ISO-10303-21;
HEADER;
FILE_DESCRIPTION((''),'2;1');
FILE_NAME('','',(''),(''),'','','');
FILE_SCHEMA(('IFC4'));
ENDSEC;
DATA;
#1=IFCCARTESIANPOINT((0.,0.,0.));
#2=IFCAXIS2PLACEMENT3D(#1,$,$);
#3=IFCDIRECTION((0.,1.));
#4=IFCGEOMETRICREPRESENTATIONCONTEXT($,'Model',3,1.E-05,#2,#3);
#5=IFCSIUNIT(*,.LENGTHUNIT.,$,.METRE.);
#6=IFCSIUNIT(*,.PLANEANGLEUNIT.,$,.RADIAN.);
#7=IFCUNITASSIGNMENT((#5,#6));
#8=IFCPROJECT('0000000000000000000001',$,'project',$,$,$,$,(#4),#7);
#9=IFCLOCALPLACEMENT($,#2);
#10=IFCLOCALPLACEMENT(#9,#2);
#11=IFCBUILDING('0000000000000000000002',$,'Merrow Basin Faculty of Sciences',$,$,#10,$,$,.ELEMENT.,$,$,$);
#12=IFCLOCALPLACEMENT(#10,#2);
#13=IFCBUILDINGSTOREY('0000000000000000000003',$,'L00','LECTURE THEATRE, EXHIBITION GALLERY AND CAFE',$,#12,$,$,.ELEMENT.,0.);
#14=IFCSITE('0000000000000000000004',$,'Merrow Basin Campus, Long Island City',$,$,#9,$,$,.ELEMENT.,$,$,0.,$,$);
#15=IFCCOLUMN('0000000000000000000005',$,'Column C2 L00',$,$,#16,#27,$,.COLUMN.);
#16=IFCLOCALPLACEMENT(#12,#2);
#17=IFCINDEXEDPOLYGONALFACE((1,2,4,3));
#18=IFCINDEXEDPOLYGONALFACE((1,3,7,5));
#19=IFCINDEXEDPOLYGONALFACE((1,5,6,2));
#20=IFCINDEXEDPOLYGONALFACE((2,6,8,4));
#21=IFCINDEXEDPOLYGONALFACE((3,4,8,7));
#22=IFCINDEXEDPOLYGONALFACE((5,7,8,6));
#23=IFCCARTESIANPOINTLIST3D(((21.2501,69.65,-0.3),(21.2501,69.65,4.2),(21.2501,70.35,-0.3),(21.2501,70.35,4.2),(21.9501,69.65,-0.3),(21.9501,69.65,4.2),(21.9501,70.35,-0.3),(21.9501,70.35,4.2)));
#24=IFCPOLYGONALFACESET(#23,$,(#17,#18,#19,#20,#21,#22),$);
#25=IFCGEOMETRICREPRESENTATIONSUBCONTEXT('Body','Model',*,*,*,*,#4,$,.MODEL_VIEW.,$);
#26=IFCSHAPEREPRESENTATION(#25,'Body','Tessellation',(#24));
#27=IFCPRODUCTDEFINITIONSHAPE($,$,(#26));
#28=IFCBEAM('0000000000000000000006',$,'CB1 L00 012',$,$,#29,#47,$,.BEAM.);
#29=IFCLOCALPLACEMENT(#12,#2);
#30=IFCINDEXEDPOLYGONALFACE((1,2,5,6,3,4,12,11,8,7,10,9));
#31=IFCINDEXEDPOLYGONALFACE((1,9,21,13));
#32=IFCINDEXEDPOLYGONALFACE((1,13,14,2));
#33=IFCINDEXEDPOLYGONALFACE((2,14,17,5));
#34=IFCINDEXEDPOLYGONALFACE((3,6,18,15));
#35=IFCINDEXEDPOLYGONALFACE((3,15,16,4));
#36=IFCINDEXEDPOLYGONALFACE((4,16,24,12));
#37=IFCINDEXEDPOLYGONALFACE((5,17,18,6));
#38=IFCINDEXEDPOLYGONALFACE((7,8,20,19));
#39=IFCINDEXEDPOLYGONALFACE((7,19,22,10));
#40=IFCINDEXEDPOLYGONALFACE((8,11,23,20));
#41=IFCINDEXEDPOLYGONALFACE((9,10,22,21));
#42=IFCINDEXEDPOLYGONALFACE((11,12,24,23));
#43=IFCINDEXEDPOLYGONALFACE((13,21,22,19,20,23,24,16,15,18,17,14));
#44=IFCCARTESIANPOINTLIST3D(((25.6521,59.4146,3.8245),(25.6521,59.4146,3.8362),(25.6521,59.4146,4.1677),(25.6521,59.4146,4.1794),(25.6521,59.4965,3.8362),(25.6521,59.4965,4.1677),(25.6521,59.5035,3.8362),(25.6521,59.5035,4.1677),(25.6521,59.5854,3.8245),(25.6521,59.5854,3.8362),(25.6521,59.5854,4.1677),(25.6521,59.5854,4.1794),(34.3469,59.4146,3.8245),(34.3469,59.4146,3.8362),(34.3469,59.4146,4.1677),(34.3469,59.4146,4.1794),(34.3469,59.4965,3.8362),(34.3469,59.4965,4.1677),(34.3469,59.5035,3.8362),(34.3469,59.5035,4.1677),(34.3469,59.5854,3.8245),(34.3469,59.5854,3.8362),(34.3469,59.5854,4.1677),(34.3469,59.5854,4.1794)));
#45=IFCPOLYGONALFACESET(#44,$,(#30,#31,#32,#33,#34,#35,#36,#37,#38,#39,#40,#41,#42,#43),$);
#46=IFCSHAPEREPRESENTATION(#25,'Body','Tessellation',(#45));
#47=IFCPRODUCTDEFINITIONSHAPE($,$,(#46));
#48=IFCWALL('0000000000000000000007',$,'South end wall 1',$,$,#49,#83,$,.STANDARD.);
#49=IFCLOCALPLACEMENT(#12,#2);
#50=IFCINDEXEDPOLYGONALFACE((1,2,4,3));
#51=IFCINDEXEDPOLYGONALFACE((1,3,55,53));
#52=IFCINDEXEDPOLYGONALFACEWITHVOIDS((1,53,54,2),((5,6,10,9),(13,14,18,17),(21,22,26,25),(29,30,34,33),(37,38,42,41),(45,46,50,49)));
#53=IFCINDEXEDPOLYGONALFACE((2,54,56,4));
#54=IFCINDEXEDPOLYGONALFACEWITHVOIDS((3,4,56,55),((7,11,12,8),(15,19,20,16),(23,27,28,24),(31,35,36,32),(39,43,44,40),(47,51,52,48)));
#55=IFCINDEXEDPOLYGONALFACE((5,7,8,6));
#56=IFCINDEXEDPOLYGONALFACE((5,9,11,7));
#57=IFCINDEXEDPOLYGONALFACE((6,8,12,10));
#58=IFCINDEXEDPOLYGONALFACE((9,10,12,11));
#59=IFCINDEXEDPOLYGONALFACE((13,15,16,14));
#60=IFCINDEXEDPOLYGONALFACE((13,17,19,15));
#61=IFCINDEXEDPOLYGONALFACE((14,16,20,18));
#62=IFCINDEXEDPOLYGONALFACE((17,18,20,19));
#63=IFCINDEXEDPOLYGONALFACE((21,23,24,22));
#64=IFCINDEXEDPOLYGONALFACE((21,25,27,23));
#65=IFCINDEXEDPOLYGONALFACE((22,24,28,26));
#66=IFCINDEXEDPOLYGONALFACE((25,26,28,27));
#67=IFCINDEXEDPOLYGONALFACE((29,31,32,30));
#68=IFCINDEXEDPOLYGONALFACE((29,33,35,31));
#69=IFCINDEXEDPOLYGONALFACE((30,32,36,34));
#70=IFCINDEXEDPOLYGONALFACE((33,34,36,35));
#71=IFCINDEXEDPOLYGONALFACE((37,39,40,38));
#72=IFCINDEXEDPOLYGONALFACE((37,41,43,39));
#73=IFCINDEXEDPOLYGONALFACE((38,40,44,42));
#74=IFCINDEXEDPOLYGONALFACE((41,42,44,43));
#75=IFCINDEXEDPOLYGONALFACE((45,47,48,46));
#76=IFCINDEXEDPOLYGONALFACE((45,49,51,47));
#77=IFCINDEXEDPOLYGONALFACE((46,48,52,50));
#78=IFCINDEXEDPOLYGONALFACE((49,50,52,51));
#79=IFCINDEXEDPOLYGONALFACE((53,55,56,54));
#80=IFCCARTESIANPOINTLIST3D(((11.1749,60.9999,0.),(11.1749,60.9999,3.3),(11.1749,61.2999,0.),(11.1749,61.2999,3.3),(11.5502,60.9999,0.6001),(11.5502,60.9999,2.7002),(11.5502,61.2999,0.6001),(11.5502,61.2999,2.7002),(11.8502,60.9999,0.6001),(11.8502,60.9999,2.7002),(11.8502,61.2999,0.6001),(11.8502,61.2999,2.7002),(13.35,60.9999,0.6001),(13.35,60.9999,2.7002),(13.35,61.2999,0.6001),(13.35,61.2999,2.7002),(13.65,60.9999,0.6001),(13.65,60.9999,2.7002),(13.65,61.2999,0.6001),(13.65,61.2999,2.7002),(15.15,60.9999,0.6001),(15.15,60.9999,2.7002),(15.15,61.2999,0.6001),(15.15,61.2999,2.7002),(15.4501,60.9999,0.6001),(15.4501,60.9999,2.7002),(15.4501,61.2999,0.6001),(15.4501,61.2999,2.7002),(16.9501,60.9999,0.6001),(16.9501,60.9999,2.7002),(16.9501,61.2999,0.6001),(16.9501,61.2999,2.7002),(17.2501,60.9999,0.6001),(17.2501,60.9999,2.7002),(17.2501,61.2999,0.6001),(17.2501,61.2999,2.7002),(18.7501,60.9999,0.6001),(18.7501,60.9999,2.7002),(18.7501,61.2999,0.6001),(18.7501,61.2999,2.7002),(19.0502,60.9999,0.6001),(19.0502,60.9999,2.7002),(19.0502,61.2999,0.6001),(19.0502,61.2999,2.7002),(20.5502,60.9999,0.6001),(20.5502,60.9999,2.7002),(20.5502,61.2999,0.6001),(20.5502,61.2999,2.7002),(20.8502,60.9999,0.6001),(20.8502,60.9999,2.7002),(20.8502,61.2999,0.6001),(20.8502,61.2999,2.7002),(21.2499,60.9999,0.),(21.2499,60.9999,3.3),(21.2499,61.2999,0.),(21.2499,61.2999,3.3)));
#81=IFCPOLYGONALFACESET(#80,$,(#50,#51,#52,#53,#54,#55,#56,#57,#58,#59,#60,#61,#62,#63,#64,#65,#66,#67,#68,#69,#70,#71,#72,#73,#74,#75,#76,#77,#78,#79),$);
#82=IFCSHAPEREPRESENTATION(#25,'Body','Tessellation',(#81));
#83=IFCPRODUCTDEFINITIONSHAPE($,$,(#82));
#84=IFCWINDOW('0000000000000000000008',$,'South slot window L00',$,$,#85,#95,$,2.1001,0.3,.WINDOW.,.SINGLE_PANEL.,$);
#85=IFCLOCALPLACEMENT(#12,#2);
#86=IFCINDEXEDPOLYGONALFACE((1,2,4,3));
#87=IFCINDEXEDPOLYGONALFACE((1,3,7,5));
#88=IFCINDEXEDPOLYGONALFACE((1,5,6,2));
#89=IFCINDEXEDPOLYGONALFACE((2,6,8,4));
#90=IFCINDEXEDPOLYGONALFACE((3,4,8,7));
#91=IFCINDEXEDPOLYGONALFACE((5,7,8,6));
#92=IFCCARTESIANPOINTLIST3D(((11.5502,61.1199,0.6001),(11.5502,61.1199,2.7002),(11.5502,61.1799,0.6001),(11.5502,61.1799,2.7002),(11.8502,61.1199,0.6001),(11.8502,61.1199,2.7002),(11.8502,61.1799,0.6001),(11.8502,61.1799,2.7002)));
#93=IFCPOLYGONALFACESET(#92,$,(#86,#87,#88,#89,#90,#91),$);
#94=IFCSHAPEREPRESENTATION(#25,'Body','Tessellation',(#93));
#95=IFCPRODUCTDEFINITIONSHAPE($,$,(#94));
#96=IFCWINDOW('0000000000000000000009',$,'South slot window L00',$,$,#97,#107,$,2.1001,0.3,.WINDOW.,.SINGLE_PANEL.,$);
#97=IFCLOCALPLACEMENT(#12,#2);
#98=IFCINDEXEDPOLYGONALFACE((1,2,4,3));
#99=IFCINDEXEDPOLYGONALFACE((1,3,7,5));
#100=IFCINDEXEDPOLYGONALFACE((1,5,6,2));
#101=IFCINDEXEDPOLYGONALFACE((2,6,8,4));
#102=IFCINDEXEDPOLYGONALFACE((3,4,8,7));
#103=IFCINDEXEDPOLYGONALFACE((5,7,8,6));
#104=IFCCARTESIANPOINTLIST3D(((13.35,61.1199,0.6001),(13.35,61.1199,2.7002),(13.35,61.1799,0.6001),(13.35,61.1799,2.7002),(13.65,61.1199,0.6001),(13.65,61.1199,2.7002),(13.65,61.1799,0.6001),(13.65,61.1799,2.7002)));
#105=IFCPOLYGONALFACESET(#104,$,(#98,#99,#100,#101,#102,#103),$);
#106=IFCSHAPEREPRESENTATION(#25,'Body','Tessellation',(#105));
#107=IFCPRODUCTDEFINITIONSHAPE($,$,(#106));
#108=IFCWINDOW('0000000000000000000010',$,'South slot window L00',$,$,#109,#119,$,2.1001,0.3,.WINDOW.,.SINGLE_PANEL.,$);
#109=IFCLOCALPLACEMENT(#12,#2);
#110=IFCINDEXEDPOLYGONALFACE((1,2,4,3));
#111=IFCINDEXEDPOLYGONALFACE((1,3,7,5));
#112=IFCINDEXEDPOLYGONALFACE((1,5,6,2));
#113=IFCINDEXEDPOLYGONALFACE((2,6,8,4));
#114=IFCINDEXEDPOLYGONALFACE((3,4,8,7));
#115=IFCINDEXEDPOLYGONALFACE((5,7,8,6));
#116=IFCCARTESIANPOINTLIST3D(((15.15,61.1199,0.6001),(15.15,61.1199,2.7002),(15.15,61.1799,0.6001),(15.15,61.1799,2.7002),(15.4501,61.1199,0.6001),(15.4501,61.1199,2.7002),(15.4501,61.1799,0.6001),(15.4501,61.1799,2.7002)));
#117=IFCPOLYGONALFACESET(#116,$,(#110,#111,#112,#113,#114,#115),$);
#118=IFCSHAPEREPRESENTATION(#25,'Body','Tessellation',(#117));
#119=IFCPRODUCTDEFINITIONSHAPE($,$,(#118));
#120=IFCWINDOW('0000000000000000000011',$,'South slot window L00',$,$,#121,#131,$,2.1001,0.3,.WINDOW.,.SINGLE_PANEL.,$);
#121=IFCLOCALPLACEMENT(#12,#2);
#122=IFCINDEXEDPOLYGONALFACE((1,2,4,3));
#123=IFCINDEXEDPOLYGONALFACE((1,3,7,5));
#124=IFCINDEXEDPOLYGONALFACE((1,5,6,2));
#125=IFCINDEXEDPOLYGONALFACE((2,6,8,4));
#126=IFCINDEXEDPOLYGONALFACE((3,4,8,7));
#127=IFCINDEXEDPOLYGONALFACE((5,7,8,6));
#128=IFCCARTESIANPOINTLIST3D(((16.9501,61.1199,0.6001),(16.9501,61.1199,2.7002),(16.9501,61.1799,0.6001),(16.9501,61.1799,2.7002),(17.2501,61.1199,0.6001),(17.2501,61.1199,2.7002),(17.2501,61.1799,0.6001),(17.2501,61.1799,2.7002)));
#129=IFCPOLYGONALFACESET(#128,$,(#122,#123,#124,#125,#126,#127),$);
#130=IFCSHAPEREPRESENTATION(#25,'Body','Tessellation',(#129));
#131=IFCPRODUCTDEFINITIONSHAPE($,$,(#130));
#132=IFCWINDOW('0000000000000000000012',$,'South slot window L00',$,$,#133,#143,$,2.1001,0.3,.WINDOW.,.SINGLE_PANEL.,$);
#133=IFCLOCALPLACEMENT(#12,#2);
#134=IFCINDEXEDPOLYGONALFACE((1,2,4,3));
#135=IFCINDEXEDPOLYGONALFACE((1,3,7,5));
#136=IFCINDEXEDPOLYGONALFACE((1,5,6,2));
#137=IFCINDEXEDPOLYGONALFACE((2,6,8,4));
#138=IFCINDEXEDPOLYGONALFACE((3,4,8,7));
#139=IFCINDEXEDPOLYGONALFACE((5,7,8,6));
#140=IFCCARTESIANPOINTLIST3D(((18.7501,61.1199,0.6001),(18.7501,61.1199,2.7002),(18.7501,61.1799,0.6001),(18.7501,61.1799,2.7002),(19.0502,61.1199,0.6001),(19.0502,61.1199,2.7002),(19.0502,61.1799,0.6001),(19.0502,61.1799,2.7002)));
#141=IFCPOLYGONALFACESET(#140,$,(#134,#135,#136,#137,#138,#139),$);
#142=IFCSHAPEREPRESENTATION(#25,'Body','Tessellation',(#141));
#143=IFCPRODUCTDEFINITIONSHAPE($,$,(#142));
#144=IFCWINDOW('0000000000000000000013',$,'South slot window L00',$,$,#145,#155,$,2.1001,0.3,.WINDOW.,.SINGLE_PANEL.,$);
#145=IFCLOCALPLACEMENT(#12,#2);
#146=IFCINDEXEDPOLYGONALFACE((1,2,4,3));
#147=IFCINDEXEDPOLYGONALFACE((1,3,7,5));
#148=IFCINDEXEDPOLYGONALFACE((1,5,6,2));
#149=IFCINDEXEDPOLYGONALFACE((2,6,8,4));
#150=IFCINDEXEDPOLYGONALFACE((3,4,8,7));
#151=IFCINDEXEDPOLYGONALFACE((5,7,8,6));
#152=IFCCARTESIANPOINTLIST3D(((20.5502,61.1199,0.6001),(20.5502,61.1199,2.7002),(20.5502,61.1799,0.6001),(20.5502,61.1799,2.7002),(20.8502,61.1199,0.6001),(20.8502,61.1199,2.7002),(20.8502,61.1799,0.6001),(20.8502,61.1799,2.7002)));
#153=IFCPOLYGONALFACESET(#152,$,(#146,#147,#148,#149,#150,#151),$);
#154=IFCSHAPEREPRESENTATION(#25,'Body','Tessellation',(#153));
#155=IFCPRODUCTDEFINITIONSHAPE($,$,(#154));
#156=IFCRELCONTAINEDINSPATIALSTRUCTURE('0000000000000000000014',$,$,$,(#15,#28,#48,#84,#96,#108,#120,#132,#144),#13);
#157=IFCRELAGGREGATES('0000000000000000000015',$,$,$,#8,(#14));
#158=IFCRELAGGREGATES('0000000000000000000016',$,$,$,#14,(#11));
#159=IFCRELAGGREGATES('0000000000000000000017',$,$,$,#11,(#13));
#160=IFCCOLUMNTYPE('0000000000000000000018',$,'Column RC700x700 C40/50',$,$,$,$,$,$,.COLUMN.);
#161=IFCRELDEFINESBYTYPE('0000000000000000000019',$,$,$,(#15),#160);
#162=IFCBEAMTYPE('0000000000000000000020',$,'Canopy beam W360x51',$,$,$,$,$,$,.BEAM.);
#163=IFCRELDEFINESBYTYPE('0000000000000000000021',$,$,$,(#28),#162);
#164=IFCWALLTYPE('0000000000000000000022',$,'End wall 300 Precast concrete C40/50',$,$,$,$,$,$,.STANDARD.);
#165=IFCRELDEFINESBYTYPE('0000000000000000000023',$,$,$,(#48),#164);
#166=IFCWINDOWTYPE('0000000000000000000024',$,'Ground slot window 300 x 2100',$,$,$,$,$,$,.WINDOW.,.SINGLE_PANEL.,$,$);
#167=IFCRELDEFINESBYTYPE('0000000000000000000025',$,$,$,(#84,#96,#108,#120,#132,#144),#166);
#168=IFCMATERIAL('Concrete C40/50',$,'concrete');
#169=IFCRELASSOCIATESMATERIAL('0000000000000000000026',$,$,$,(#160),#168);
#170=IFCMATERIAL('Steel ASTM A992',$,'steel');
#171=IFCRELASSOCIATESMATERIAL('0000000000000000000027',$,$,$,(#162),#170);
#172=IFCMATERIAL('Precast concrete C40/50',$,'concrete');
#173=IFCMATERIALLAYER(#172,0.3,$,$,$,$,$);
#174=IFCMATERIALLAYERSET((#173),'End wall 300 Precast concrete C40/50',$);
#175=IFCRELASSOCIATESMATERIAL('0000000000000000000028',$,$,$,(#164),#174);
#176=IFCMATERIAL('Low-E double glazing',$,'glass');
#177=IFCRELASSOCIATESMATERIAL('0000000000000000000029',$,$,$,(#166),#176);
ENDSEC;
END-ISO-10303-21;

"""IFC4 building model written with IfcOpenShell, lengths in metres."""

from ifc_helpers import new_model, si_unit, direction, frame, frame_2d, origin, origin_2d, place, context, subcontext, project, spatial, rectangle, i_section, extrude, material, layer, layer_set, material_profile, profile_set, type_object, element, fill, save


model = new_model("IFC4")

# Units and contexts
model_context = context("Model", 3, precision=1e-05, world=origin(), true_north=direction((0.0, 1.0)))
body_context = subcontext(model_context, "Body", "Model", "MODEL_VIEW")
ifc_project = project(units=[si_unit("LENGTHUNIT", "METRE"), si_unit("PLANEANGLEUNIT", "RADIAN")], contexts=[model_context])

# Site, building, storey
site_placement = place(None, origin())
site = spatial("IfcSite", under=ifc_project, at=site_placement, Name="Merrow Basin Campus, Long Island City", CompositionType="ELEMENT", RefElevation=0.0)
building_placement = place(site_placement, origin())
building = spatial("IfcBuilding", under=site, at=building_placement, Name="Merrow Basin Faculty of Sciences", CompositionType="ELEMENT")
storey_placement = place(building_placement, origin())
storey = spatial("IfcBuildingStorey", under=building, at=storey_placement, Name="L00", Description="LECTURE THEATRE, EXHIBITION GALLERY AND CAFE", CompositionType="ELEMENT", Elevation=0.0)

# Column
ifc_material_1 = material(Name="Concrete C40/50", Category="concrete")
ifc_material_profile_1 = material_profile(ifc_material_1, rectangle(XDim=0.7, YDim=0.7, at=origin_2d()))
ifc_profile_set_1 = profile_set([ifc_material_profile_1], Name="Concrete C40/50")
column_type_1 = type_object("IfcColumnType", Name="Column RC700x700 C40/50", PredefinedType="COLUMN", material=ifc_profile_set_1)
for number, where, z_axis, x_axis, name in (
    (1, (21.6001, 70.0, -0.3), (0.0, 0.0, 1.0), (1.0, 0.0, 0.0), "Column C2 L00"),
):
    element("IfcColumn", number, at=place(storey_placement, frame(where, z_axis=z_axis, x_axis=x_axis)), inside=storey, type_object=column_type_1, Name=name, PredefinedType="COLUMN", context=body_context, shape_type="SweptSolid", body=[
        extrude(rectangle(XDim=0.7, YDim=0.7, at=origin_2d()), origin(), (0.0, 0.0, 1.0), 4.5),
    ])

# Beam
ifc_material_2 = material(Name="Steel ASTM A992", Category="steel")
ifc_material_profile_2 = material_profile(ifc_material_2, i_section(OverallWidth=0.1709, OverallDepth=0.355, WebThickness=0.0071, FlangeThickness=0.0117, at=origin_2d()))
ifc_profile_set_2 = profile_set([ifc_material_profile_2], Name="Steel ASTM A992")
beam_type = type_object("IfcBeamType", Name="Canopy beam W360x51", PredefinedType="BEAM", material=ifc_profile_set_2)
beam_placement = place(storey_placement, frame((25.6521, 59.5, 4.002), z_axis=(1.0, 0.0, 0.0), x_axis=(0.0, 1.0, 0.0)))
element("IfcBeam", 2, at=beam_placement, inside=storey, type_object=beam_type, Name="CB1 L00 012", PredefinedType="BEAM", context=body_context, shape_type="SweptSolid", body=[
    extrude(i_section(OverallWidth=0.1709, OverallDepth=0.355, WebThickness=0.0071, FlangeThickness=0.0117, at=origin_2d()), origin(), (0.0, 0.0, 1.0), 8.6948),
])

# Wall, openings, windows
ifc_material_3 = material(Name="Precast concrete C40/50", Category="concrete")
ifc_layer = layer(ifc_material_3, 0.3)
ifc_layer_set = layer_set([ifc_layer], Name="End wall 300 Precast concrete C40/50")
wall_type = type_object("IfcWallType", Name="End wall 300 Precast concrete C40/50", PredefinedType="STANDARD", material=ifc_layer_set)
wall_placement = place(storey_placement, frame((21.25, 61.1499, 0.0), z_axis=(0.0, 0.0, 1.0), x_axis=(-1.0, 0.0, 0.0)))
wall = element("IfcWall", 3, at=wall_placement, inside=storey, type_object=wall_type, Name="South end wall 1", PredefinedType="STANDARD", context=body_context, shape_type="SweptSolid", body=[
    extrude(rectangle(XDim=10.075, YDim=0.3, at=frame_2d((5.0376, 0.0))), origin(), (0.0, 0.0, 1.0), 3.3),
])
opening_1_placement = place(wall_placement, frame((9.3999, 0.0, 0.6001)))
opening_1 = element("IfcOpeningElement", 4, at=opening_1_placement, cuts=wall, PredefinedType="OPENING", context=body_context, shape_type="SweptSolid", body=[
    extrude(rectangle(XDim=0.3, YDim=2.1001, at=frame_2d((0.1499, 1.05))), frame((0.0, 0.1599, 0.0), z_axis=(0.0, -1.0, 0.0), x_axis=(1.0, 0.0, 0.0)), (0.0, 0.0, 1.0), 0.3201),
])
opening_2_placement = place(wall_placement, frame((7.6001, 0.0, 0.6001)))
opening_2 = element("IfcOpeningElement", 5, at=opening_2_placement, cuts=wall, PredefinedType="OPENING", context=body_context, shape_type="SweptSolid", body=[
    extrude(rectangle(XDim=0.3, YDim=2.1001, at=frame_2d((0.1499, 1.05))), frame((0.0, 0.1599, 0.0), z_axis=(0.0, -1.0, 0.0), x_axis=(1.0, 0.0, 0.0)), (0.0, 0.0, 1.0), 0.3201),
])
opening_3_placement = place(wall_placement, frame((5.8, 0.0, 0.6001)))
opening_3 = element("IfcOpeningElement", 6, at=opening_3_placement, cuts=wall, PredefinedType="OPENING", context=body_context, shape_type="SweptSolid", body=[
    extrude(rectangle(XDim=0.3, YDim=2.1001, at=frame_2d((0.1499, 1.05))), frame((0.0, 0.1599, 0.0), z_axis=(0.0, -1.0, 0.0), x_axis=(1.0, 0.0, 0.0)), (0.0, 0.0, 1.0), 0.3201),
])
opening_4_placement = place(wall_placement, frame((4.0, 0.0, 0.6001)))
opening_4 = element("IfcOpeningElement", 7, at=opening_4_placement, cuts=wall, PredefinedType="OPENING", context=body_context, shape_type="SweptSolid", body=[
    extrude(rectangle(XDim=0.3, YDim=2.1001, at=frame_2d((0.1499, 1.05))), frame((0.0, 0.1599, 0.0), z_axis=(0.0, -1.0, 0.0), x_axis=(1.0, 0.0, 0.0)), (0.0, 0.0, 1.0), 0.3201),
])
opening_5_placement = place(wall_placement, frame((2.2, 0.0, 0.6001)))
opening_5 = element("IfcOpeningElement", 8, at=opening_5_placement, cuts=wall, PredefinedType="OPENING", context=body_context, shape_type="SweptSolid", body=[
    extrude(rectangle(XDim=0.3, YDim=2.1001, at=frame_2d((0.1499, 1.05))), frame((0.0, 0.1599, 0.0), z_axis=(0.0, -1.0, 0.0), x_axis=(1.0, 0.0, 0.0)), (0.0, 0.0, 1.0), 0.3201),
])
opening_6_placement = place(wall_placement, frame((0.3999, 0.0, 0.6001)))
opening_6 = element("IfcOpeningElement", 9, at=opening_6_placement, cuts=wall, PredefinedType="OPENING", context=body_context, shape_type="SweptSolid", body=[
    extrude(rectangle(XDim=0.3, YDim=2.1001, at=frame_2d((0.1499, 1.05))), frame((0.0, 0.1599, 0.0), z_axis=(0.0, -1.0, 0.0), x_axis=(1.0, 0.0, 0.0)), (0.0, 0.0, 1.0), 0.3201),
])
ifc_material_4 = material(Name="Low-E double glazing", Category="glass")
window_type = type_object("IfcWindowType", Name="Ground slot window 300 x 2100", PartitioningType="SINGLE_PANEL", PredefinedType="WINDOW", material=ifc_material_4)
window_1_placement = place(opening_1_placement, origin())
window_1 = element("IfcWindow", 10, at=window_1_placement, inside=storey, type_object=window_type, Name="South slot window L00", OverallHeight=2.1001, OverallWidth=0.3, PartitioningType="SINGLE_PANEL", PredefinedType="WINDOW", context=body_context, shape_type="SweptSolid", body=[
    extrude(rectangle(XDim=0.3, YDim=2.1001, at=frame_2d((0.1499, 1.05))), frame((0.0, 0.03, 0.0), z_axis=(0.0, -1.0, 0.0), x_axis=(1.0, 0.0, 0.0)), (0.0, 0.0, 1.0), 0.0601),
])
fill(opening_1, window_1)
window_2_placement = place(opening_2_placement, origin())
window_2 = element("IfcWindow", 11, at=window_2_placement, inside=storey, type_object=window_type, Name="South slot window L00", OverallHeight=2.1001, OverallWidth=0.3, PartitioningType="SINGLE_PANEL", PredefinedType="WINDOW", context=body_context, shape_type="SweptSolid", body=[
    extrude(rectangle(XDim=0.3, YDim=2.1001, at=frame_2d((0.1499, 1.05))), frame((0.0, 0.03, 0.0), z_axis=(0.0, -1.0, 0.0), x_axis=(1.0, 0.0, 0.0)), (0.0, 0.0, 1.0), 0.0601),
])
fill(opening_2, window_2)
window_3_placement = place(opening_3_placement, origin())
window_3 = element("IfcWindow", 12, at=window_3_placement, inside=storey, type_object=window_type, Name="South slot window L00", OverallHeight=2.1001, OverallWidth=0.3, PartitioningType="SINGLE_PANEL", PredefinedType="WINDOW", context=body_context, shape_type="SweptSolid", body=[
    extrude(rectangle(XDim=0.3, YDim=2.1001, at=frame_2d((0.1499, 1.05))), frame((0.0, 0.03, 0.0), z_axis=(0.0, -1.0, 0.0), x_axis=(1.0, 0.0, 0.0)), (0.0, 0.0, 1.0), 0.0601),
])
fill(opening_3, window_3)
window_4_placement = place(opening_4_placement, origin())
window_4 = element("IfcWindow", 13, at=window_4_placement, inside=storey, type_object=window_type, Name="South slot window L00", OverallHeight=2.1001, OverallWidth=0.3, PartitioningType="SINGLE_PANEL", PredefinedType="WINDOW", context=body_context, shape_type="SweptSolid", body=[
    extrude(rectangle(XDim=0.3, YDim=2.1001, at=frame_2d((0.1499, 1.05))), frame((0.0, 0.03, 0.0), z_axis=(0.0, -1.0, 0.0), x_axis=(1.0, 0.0, 0.0)), (0.0, 0.0, 1.0), 0.0601),
])
fill(opening_4, window_4)
window_5_placement = place(opening_5_placement, origin())
window_5 = element("IfcWindow", 14, at=window_5_placement, inside=storey, type_object=window_type, Name="South slot window L00", OverallHeight=2.1001, OverallWidth=0.3, PartitioningType="SINGLE_PANEL", PredefinedType="WINDOW", context=body_context, shape_type="SweptSolid", body=[
    extrude(rectangle(XDim=0.3, YDim=2.1001, at=frame_2d((0.1499, 1.05))), frame((0.0, 0.03, 0.0), z_axis=(0.0, -1.0, 0.0), x_axis=(1.0, 0.0, 0.0)), (0.0, 0.0, 1.0), 0.0601),
])
fill(opening_5, window_5)
window_6_placement = place(opening_6_placement, origin())
window_6 = element("IfcWindow", 15, at=window_6_placement, inside=storey, type_object=window_type, Name="South slot window L00", OverallHeight=2.1001, OverallWidth=0.3, PartitioningType="SINGLE_PANEL", PredefinedType="WINDOW", context=body_context, shape_type="SweptSolid", body=[
    extrude(rectangle(XDim=0.3, YDim=2.1001, at=frame_2d((0.1499, 1.05))), frame((0.0, 0.03, 0.0), z_axis=(0.0, -1.0, 0.0), x_axis=(1.0, 0.0, 0.0)), (0.0, 0.0, 1.0), 0.0601),
])
fill(opening_6, window_6)

save(model, "model.ifc")
